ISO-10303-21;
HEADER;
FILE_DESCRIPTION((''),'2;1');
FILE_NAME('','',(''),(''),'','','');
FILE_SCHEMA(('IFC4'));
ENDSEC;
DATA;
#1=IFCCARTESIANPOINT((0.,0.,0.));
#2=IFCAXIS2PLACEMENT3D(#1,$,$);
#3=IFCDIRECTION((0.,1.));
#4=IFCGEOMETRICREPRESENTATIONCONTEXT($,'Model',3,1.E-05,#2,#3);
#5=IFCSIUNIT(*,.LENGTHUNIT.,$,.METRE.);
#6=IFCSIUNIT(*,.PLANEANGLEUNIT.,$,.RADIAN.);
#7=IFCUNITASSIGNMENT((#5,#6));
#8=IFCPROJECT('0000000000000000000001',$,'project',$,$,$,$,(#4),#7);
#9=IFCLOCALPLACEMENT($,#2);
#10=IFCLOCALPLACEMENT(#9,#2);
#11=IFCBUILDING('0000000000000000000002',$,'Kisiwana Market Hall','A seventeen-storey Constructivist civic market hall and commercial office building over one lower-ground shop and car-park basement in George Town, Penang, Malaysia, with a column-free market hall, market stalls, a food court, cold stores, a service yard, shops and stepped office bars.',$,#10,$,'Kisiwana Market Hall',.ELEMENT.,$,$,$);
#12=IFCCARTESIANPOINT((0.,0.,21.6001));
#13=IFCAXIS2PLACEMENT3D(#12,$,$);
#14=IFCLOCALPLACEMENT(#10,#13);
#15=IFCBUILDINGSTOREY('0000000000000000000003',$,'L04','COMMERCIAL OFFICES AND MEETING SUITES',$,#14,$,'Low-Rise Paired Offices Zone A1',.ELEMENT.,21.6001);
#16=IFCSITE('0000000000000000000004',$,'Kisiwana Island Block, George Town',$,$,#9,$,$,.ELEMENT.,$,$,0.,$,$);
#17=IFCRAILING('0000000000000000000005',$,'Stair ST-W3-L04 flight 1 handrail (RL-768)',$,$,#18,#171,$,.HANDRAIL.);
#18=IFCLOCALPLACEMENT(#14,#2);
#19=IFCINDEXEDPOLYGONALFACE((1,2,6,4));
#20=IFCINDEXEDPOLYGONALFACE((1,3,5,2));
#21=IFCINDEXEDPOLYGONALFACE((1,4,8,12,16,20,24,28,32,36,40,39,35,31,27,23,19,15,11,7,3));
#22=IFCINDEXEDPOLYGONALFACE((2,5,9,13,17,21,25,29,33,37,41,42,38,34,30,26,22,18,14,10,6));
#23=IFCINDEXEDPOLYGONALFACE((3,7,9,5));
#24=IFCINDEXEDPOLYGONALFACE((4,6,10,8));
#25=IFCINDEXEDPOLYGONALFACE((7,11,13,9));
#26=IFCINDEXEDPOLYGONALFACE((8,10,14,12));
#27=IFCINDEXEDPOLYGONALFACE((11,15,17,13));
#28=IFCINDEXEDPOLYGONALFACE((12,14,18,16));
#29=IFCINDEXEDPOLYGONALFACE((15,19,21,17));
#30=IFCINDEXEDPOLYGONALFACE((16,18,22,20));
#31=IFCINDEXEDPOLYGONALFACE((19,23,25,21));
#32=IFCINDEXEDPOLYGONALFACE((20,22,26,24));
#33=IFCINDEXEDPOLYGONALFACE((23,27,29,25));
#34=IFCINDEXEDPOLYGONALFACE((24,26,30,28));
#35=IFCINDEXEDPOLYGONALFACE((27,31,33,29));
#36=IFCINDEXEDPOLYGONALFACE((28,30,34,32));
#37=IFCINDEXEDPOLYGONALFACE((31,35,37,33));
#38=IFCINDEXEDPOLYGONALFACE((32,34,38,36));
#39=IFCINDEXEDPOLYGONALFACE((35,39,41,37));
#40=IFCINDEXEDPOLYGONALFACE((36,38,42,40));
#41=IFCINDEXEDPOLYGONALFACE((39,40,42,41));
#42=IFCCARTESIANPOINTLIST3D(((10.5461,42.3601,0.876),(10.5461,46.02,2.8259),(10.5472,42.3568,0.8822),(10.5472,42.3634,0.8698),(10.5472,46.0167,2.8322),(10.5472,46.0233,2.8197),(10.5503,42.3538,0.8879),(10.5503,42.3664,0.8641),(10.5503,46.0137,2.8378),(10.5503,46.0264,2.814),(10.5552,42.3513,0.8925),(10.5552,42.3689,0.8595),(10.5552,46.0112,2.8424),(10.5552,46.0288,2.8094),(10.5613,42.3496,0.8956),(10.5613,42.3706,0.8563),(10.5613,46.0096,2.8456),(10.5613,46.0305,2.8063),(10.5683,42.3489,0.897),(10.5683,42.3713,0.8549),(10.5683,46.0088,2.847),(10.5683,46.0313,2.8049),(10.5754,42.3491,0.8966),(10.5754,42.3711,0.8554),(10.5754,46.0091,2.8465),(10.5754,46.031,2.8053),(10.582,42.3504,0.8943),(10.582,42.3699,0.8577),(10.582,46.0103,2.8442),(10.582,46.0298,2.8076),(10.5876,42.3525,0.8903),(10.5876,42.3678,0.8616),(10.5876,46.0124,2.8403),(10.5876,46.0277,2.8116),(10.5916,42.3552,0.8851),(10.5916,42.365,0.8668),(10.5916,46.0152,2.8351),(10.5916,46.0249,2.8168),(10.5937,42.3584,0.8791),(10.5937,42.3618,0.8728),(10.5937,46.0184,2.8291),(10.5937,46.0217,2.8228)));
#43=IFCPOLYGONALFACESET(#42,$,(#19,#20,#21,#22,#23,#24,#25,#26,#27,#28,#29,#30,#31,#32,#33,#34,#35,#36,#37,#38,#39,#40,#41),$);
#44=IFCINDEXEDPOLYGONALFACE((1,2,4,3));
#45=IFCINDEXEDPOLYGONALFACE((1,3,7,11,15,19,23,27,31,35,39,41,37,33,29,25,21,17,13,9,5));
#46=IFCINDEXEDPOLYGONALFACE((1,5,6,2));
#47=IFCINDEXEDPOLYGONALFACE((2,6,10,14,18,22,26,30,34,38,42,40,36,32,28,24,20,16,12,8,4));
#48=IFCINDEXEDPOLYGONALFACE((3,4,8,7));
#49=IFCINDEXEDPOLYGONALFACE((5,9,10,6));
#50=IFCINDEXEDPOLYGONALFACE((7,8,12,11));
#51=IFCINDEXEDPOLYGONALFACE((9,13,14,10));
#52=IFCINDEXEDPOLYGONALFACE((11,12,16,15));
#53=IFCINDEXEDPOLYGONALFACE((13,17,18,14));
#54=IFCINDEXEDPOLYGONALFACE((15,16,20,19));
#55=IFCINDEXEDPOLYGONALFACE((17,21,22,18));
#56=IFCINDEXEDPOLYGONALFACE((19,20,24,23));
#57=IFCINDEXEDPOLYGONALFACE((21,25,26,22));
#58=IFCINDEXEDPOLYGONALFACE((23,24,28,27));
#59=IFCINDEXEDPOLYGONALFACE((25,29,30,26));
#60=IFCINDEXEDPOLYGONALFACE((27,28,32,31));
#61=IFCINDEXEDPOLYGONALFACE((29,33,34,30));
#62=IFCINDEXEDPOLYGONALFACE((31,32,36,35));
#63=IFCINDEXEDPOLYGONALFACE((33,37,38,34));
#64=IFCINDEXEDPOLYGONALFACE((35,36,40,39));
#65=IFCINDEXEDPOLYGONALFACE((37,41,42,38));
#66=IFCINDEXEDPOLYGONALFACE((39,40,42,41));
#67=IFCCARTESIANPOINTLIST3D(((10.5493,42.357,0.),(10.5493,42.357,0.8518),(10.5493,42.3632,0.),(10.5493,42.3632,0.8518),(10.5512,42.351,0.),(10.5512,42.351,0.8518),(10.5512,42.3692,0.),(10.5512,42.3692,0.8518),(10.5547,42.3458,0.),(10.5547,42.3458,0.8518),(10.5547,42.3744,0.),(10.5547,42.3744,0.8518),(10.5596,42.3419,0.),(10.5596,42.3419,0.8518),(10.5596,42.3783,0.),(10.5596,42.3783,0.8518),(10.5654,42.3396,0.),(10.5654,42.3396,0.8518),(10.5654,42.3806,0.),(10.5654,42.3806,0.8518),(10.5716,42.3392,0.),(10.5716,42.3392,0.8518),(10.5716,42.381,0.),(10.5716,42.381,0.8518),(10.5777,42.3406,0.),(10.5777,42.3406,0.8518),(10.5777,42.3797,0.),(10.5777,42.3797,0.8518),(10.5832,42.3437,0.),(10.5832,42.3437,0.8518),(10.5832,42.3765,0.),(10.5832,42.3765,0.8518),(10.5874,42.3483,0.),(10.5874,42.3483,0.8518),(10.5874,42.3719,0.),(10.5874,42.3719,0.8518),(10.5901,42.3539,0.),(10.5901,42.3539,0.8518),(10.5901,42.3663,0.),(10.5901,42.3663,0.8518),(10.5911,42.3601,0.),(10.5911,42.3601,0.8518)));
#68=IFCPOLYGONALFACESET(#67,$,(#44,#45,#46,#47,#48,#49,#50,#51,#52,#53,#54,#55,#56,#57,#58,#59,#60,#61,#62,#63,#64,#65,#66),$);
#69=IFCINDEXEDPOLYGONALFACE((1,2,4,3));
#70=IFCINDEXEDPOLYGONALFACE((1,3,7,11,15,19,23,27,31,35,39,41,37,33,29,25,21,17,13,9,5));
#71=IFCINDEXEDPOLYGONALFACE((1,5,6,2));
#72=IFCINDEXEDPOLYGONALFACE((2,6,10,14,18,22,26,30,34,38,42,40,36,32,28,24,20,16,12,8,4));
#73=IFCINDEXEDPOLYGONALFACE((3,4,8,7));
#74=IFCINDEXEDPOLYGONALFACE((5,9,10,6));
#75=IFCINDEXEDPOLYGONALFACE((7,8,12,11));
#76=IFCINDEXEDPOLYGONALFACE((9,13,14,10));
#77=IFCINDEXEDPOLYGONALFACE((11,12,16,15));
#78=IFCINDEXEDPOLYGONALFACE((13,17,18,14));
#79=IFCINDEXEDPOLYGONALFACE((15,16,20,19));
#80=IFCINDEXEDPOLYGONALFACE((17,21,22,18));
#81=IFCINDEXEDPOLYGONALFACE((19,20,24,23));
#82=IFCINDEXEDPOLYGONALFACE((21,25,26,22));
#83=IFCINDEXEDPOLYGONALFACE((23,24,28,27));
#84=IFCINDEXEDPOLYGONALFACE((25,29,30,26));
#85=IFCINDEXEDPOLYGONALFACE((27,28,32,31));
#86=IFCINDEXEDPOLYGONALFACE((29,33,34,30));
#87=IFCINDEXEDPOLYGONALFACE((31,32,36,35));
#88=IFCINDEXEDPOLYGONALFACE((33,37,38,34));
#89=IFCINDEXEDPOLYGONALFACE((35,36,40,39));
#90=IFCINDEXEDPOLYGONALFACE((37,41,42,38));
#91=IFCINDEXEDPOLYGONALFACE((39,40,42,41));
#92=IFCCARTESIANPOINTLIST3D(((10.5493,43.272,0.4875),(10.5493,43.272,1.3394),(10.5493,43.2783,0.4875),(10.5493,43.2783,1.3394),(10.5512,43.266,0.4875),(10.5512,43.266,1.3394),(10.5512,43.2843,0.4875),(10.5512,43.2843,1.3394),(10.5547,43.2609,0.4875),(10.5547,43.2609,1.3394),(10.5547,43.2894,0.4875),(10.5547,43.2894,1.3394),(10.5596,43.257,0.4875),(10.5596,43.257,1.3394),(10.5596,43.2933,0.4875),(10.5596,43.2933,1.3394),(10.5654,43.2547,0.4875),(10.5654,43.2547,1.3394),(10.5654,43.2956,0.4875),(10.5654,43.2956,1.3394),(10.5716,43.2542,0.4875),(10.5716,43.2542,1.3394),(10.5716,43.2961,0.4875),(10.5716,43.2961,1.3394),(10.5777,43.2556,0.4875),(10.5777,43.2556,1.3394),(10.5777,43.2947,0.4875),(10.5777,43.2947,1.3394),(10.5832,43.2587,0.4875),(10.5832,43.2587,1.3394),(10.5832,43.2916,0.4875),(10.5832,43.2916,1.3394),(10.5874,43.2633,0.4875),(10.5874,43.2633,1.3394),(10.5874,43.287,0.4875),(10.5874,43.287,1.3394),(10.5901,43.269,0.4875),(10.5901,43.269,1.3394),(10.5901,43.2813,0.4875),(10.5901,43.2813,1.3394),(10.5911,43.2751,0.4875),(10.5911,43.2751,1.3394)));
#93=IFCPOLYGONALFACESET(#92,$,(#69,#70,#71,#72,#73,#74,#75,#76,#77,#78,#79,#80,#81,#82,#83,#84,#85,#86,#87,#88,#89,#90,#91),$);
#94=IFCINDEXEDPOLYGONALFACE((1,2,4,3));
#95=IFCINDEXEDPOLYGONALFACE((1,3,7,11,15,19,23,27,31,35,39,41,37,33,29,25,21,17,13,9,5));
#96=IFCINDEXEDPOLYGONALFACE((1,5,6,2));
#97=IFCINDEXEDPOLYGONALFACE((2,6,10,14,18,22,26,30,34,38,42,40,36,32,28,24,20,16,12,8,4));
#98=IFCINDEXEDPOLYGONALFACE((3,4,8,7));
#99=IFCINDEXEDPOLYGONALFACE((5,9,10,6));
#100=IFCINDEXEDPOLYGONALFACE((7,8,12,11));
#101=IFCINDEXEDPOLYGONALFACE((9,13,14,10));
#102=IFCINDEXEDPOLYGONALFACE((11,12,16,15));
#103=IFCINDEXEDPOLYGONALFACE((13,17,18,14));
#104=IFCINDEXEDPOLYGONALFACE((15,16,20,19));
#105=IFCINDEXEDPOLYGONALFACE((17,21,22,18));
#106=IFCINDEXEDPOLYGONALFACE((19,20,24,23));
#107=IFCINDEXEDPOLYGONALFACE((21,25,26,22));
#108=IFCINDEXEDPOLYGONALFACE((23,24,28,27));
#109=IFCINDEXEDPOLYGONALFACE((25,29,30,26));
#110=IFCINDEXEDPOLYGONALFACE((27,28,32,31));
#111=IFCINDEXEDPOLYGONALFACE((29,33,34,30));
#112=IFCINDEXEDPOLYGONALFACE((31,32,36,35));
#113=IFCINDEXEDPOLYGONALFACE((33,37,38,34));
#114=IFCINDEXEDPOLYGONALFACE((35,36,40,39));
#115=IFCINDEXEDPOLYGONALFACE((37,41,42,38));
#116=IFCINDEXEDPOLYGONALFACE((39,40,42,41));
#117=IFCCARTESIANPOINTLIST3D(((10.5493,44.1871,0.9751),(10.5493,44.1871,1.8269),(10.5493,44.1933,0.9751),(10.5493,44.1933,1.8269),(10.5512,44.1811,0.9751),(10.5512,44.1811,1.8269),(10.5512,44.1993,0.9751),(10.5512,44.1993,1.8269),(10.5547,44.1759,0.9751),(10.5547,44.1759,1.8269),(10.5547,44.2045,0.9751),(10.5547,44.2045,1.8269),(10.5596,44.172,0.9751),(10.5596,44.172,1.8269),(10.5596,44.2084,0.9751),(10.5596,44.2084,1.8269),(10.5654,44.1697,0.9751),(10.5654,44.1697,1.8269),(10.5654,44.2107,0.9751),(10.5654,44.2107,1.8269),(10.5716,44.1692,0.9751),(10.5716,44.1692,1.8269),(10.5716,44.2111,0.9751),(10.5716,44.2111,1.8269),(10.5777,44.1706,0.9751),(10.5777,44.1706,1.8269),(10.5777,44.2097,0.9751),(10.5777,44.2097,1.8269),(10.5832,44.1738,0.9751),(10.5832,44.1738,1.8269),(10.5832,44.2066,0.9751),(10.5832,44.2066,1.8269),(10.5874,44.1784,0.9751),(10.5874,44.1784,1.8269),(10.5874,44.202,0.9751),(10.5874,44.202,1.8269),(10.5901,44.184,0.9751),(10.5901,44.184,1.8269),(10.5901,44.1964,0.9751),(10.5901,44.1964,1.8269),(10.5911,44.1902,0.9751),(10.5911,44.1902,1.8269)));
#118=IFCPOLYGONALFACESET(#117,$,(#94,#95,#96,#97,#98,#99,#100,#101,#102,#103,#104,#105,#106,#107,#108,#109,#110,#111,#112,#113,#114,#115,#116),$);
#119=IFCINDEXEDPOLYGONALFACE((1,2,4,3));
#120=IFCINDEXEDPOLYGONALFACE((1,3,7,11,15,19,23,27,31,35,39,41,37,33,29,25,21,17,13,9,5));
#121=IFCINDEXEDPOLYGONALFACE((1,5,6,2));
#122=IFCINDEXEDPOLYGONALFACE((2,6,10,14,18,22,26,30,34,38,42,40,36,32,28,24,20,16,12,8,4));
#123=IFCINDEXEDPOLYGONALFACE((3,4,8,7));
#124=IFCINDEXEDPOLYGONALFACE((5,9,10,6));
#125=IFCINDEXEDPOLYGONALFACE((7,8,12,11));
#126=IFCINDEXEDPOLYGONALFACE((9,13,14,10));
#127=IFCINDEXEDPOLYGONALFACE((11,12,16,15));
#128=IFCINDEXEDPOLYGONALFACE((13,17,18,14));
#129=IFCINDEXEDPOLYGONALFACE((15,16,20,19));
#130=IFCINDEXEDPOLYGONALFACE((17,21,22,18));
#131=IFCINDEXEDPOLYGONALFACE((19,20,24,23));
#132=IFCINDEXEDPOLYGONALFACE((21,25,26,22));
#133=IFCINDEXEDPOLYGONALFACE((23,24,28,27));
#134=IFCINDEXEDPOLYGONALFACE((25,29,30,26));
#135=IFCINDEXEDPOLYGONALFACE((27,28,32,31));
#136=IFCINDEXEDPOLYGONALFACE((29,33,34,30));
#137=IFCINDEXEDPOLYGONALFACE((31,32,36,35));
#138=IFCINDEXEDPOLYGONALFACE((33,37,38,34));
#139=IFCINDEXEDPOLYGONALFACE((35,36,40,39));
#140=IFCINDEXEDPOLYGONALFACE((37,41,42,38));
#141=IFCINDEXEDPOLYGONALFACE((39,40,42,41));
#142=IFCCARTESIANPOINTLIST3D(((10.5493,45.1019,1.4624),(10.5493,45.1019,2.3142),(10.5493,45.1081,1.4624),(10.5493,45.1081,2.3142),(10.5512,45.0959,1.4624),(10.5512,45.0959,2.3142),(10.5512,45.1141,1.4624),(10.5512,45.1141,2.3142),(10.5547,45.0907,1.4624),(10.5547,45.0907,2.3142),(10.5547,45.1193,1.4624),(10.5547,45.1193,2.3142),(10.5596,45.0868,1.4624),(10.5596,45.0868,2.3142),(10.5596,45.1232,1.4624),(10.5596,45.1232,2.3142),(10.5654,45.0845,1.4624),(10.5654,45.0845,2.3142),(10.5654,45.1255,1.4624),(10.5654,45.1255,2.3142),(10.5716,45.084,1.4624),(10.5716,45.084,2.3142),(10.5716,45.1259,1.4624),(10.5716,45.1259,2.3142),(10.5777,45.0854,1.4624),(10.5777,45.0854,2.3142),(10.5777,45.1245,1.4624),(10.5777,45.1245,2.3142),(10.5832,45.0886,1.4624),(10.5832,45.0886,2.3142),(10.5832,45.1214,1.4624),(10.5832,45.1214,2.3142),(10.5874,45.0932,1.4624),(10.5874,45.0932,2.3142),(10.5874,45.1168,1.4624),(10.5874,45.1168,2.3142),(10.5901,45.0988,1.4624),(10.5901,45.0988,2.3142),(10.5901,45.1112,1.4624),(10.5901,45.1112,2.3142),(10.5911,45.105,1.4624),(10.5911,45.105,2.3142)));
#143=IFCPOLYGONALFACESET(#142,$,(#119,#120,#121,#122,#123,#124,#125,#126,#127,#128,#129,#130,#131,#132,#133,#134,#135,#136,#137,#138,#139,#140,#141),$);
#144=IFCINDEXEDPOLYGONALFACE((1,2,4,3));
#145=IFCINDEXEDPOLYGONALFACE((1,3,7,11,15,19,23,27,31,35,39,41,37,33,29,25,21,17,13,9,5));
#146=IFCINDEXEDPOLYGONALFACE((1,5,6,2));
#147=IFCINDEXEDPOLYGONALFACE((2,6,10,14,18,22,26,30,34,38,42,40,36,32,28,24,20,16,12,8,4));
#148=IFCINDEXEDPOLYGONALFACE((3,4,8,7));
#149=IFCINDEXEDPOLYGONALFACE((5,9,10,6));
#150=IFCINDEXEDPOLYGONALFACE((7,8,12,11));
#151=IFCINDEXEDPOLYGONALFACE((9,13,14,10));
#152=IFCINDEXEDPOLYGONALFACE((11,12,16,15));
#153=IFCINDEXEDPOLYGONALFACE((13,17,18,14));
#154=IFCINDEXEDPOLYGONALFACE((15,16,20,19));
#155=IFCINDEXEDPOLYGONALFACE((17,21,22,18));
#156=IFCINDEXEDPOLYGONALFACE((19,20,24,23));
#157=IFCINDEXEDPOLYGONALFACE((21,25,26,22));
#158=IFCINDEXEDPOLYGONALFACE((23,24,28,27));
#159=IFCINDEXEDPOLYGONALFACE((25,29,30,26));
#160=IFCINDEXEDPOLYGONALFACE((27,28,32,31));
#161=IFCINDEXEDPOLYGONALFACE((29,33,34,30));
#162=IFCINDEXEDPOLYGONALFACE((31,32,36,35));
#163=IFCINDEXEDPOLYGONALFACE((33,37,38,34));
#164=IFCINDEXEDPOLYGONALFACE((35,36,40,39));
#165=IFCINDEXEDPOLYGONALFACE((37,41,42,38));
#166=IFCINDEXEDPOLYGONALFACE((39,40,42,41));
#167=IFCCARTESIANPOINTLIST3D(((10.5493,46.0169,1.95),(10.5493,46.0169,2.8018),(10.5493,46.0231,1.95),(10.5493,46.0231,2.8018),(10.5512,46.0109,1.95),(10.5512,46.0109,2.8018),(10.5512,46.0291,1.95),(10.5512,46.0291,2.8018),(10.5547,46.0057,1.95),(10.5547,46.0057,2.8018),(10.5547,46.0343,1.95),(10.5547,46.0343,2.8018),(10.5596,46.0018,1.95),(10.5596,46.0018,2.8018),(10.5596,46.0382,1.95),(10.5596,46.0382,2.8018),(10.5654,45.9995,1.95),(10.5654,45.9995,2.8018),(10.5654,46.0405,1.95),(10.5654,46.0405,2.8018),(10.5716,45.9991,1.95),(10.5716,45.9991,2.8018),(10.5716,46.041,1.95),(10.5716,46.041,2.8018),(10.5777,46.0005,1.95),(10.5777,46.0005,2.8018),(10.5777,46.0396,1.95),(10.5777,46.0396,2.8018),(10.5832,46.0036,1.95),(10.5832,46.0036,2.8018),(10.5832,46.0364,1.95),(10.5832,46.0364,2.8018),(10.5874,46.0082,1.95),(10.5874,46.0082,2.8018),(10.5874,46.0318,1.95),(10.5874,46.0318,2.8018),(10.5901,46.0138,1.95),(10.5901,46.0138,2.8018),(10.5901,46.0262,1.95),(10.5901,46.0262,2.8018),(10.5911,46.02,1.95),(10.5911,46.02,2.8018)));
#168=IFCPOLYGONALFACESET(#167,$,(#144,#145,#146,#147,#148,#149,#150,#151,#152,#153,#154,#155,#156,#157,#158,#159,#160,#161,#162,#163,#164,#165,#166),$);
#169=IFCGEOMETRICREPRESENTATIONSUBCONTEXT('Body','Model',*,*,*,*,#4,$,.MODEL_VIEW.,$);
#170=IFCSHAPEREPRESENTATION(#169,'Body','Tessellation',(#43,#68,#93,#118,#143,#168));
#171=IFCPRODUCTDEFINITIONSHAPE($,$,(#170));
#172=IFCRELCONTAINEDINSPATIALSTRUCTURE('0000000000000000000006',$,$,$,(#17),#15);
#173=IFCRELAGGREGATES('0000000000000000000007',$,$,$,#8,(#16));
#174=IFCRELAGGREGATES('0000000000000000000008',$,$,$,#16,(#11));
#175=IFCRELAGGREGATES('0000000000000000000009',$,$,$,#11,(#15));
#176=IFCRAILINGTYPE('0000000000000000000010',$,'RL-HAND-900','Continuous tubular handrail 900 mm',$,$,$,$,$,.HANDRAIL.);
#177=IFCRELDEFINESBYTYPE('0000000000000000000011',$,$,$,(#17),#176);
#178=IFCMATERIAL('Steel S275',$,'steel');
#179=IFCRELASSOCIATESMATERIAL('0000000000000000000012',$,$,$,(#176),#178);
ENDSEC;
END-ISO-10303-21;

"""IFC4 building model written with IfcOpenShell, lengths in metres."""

from ifc_helpers import new_model, si_unit, direction, frame, origin, origin_2d, place, context, subcontext, project, spatial, circle, extrude, material, type_object, element, save


model = new_model("IFC4")

# Units and contexts
model_context = context("Model", 3, precision=1e-05, world=origin(), true_north=direction((0.0, 1.0)))
body_context = subcontext(model_context, "Body", "Model", "MODEL_VIEW")
ifc_project = project(units=[si_unit("LENGTHUNIT", "METRE"), si_unit("PLANEANGLEUNIT", "RADIAN")], contexts=[model_context])

# Site, building, storey
site_placement = place(None, origin())
site = spatial("IfcSite", under=ifc_project, at=site_placement, Name="Kisiwana Island Block, George Town", CompositionType="ELEMENT", RefElevation=0.0)
building_placement = place(site_placement, origin())
building = spatial("IfcBuilding", under=site, at=building_placement, Name="Kisiwana Market Hall", Description="A seventeen-storey Constructivist civic market hall and commercial office building over one lower-ground shop and car-park basement in George Town, Penang, Malaysia, with a column-free market hall, market stalls, a food court, cold stores, a service yard, shops and stepped office bars.", LongName="Kisiwana Market Hall", CompositionType="ELEMENT")
storey_placement = place(building_placement, frame((0.0, 0.0, 21.6001)))
storey = spatial("IfcBuildingStorey", under=building, at=storey_placement, Name="L04", Description="COMMERCIAL OFFICES AND MEETING SUITES", LongName="Low-Rise Paired Offices Zone A1", CompositionType="ELEMENT", Elevation=21.6001)

# Railing
ifc_material_1 = material(Name="Steel S275", Category="steel")
railing_type = type_object("IfcRailingType", Name="RL-HAND-900", Description="Continuous tubular handrail 900 mm", PredefinedType="HANDRAIL", material=ifc_material_1)
railing_placement = place(storey_placement, frame((10.5701, 42.3601, 0.0)))
element("IfcRailing", 1, at=railing_placement, inside=storey, type_object=railing_type, Name="Stair ST-W3-L04 flight 1 handrail (RL-768)", PredefinedType="HANDRAIL", context=body_context, shape_type="SweptSolid", body=[
    extrude(circle(Radius=0.0239, at=origin_2d()), frame((0.0, 0.0, 0.876), z_axis=(0.0, 0.882553, 0.470212), x_axis=(-1.0, 0.0, 0.0)), (0.0, 0.0, 1.0), 4.147),
    extrude(circle(Radius=0.021, at=origin_2d()), origin(), (0.0, 0.0, 1.0), 0.8518),
    extrude(circle(Radius=0.021, at=origin_2d()), frame((0.0, 0.915, 0.4875)), (0.0, 0.0, 1.0), 0.8518),
    extrude(circle(Radius=0.021, at=origin_2d()), frame((0.0, 1.8301, 0.9751)), (0.0, 0.0, 1.0), 0.8518),
    extrude(circle(Radius=0.021, at=origin_2d()), frame((0.0, 2.7449, 1.4624)), (0.0, 0.0, 1.0), 0.8518),
    extrude(circle(Radius=0.021, at=origin_2d()), frame((0.0, 3.6599, 1.95)), (0.0, 0.0, 1.0), 0.8518),
])

save(model, "model.ifc")
